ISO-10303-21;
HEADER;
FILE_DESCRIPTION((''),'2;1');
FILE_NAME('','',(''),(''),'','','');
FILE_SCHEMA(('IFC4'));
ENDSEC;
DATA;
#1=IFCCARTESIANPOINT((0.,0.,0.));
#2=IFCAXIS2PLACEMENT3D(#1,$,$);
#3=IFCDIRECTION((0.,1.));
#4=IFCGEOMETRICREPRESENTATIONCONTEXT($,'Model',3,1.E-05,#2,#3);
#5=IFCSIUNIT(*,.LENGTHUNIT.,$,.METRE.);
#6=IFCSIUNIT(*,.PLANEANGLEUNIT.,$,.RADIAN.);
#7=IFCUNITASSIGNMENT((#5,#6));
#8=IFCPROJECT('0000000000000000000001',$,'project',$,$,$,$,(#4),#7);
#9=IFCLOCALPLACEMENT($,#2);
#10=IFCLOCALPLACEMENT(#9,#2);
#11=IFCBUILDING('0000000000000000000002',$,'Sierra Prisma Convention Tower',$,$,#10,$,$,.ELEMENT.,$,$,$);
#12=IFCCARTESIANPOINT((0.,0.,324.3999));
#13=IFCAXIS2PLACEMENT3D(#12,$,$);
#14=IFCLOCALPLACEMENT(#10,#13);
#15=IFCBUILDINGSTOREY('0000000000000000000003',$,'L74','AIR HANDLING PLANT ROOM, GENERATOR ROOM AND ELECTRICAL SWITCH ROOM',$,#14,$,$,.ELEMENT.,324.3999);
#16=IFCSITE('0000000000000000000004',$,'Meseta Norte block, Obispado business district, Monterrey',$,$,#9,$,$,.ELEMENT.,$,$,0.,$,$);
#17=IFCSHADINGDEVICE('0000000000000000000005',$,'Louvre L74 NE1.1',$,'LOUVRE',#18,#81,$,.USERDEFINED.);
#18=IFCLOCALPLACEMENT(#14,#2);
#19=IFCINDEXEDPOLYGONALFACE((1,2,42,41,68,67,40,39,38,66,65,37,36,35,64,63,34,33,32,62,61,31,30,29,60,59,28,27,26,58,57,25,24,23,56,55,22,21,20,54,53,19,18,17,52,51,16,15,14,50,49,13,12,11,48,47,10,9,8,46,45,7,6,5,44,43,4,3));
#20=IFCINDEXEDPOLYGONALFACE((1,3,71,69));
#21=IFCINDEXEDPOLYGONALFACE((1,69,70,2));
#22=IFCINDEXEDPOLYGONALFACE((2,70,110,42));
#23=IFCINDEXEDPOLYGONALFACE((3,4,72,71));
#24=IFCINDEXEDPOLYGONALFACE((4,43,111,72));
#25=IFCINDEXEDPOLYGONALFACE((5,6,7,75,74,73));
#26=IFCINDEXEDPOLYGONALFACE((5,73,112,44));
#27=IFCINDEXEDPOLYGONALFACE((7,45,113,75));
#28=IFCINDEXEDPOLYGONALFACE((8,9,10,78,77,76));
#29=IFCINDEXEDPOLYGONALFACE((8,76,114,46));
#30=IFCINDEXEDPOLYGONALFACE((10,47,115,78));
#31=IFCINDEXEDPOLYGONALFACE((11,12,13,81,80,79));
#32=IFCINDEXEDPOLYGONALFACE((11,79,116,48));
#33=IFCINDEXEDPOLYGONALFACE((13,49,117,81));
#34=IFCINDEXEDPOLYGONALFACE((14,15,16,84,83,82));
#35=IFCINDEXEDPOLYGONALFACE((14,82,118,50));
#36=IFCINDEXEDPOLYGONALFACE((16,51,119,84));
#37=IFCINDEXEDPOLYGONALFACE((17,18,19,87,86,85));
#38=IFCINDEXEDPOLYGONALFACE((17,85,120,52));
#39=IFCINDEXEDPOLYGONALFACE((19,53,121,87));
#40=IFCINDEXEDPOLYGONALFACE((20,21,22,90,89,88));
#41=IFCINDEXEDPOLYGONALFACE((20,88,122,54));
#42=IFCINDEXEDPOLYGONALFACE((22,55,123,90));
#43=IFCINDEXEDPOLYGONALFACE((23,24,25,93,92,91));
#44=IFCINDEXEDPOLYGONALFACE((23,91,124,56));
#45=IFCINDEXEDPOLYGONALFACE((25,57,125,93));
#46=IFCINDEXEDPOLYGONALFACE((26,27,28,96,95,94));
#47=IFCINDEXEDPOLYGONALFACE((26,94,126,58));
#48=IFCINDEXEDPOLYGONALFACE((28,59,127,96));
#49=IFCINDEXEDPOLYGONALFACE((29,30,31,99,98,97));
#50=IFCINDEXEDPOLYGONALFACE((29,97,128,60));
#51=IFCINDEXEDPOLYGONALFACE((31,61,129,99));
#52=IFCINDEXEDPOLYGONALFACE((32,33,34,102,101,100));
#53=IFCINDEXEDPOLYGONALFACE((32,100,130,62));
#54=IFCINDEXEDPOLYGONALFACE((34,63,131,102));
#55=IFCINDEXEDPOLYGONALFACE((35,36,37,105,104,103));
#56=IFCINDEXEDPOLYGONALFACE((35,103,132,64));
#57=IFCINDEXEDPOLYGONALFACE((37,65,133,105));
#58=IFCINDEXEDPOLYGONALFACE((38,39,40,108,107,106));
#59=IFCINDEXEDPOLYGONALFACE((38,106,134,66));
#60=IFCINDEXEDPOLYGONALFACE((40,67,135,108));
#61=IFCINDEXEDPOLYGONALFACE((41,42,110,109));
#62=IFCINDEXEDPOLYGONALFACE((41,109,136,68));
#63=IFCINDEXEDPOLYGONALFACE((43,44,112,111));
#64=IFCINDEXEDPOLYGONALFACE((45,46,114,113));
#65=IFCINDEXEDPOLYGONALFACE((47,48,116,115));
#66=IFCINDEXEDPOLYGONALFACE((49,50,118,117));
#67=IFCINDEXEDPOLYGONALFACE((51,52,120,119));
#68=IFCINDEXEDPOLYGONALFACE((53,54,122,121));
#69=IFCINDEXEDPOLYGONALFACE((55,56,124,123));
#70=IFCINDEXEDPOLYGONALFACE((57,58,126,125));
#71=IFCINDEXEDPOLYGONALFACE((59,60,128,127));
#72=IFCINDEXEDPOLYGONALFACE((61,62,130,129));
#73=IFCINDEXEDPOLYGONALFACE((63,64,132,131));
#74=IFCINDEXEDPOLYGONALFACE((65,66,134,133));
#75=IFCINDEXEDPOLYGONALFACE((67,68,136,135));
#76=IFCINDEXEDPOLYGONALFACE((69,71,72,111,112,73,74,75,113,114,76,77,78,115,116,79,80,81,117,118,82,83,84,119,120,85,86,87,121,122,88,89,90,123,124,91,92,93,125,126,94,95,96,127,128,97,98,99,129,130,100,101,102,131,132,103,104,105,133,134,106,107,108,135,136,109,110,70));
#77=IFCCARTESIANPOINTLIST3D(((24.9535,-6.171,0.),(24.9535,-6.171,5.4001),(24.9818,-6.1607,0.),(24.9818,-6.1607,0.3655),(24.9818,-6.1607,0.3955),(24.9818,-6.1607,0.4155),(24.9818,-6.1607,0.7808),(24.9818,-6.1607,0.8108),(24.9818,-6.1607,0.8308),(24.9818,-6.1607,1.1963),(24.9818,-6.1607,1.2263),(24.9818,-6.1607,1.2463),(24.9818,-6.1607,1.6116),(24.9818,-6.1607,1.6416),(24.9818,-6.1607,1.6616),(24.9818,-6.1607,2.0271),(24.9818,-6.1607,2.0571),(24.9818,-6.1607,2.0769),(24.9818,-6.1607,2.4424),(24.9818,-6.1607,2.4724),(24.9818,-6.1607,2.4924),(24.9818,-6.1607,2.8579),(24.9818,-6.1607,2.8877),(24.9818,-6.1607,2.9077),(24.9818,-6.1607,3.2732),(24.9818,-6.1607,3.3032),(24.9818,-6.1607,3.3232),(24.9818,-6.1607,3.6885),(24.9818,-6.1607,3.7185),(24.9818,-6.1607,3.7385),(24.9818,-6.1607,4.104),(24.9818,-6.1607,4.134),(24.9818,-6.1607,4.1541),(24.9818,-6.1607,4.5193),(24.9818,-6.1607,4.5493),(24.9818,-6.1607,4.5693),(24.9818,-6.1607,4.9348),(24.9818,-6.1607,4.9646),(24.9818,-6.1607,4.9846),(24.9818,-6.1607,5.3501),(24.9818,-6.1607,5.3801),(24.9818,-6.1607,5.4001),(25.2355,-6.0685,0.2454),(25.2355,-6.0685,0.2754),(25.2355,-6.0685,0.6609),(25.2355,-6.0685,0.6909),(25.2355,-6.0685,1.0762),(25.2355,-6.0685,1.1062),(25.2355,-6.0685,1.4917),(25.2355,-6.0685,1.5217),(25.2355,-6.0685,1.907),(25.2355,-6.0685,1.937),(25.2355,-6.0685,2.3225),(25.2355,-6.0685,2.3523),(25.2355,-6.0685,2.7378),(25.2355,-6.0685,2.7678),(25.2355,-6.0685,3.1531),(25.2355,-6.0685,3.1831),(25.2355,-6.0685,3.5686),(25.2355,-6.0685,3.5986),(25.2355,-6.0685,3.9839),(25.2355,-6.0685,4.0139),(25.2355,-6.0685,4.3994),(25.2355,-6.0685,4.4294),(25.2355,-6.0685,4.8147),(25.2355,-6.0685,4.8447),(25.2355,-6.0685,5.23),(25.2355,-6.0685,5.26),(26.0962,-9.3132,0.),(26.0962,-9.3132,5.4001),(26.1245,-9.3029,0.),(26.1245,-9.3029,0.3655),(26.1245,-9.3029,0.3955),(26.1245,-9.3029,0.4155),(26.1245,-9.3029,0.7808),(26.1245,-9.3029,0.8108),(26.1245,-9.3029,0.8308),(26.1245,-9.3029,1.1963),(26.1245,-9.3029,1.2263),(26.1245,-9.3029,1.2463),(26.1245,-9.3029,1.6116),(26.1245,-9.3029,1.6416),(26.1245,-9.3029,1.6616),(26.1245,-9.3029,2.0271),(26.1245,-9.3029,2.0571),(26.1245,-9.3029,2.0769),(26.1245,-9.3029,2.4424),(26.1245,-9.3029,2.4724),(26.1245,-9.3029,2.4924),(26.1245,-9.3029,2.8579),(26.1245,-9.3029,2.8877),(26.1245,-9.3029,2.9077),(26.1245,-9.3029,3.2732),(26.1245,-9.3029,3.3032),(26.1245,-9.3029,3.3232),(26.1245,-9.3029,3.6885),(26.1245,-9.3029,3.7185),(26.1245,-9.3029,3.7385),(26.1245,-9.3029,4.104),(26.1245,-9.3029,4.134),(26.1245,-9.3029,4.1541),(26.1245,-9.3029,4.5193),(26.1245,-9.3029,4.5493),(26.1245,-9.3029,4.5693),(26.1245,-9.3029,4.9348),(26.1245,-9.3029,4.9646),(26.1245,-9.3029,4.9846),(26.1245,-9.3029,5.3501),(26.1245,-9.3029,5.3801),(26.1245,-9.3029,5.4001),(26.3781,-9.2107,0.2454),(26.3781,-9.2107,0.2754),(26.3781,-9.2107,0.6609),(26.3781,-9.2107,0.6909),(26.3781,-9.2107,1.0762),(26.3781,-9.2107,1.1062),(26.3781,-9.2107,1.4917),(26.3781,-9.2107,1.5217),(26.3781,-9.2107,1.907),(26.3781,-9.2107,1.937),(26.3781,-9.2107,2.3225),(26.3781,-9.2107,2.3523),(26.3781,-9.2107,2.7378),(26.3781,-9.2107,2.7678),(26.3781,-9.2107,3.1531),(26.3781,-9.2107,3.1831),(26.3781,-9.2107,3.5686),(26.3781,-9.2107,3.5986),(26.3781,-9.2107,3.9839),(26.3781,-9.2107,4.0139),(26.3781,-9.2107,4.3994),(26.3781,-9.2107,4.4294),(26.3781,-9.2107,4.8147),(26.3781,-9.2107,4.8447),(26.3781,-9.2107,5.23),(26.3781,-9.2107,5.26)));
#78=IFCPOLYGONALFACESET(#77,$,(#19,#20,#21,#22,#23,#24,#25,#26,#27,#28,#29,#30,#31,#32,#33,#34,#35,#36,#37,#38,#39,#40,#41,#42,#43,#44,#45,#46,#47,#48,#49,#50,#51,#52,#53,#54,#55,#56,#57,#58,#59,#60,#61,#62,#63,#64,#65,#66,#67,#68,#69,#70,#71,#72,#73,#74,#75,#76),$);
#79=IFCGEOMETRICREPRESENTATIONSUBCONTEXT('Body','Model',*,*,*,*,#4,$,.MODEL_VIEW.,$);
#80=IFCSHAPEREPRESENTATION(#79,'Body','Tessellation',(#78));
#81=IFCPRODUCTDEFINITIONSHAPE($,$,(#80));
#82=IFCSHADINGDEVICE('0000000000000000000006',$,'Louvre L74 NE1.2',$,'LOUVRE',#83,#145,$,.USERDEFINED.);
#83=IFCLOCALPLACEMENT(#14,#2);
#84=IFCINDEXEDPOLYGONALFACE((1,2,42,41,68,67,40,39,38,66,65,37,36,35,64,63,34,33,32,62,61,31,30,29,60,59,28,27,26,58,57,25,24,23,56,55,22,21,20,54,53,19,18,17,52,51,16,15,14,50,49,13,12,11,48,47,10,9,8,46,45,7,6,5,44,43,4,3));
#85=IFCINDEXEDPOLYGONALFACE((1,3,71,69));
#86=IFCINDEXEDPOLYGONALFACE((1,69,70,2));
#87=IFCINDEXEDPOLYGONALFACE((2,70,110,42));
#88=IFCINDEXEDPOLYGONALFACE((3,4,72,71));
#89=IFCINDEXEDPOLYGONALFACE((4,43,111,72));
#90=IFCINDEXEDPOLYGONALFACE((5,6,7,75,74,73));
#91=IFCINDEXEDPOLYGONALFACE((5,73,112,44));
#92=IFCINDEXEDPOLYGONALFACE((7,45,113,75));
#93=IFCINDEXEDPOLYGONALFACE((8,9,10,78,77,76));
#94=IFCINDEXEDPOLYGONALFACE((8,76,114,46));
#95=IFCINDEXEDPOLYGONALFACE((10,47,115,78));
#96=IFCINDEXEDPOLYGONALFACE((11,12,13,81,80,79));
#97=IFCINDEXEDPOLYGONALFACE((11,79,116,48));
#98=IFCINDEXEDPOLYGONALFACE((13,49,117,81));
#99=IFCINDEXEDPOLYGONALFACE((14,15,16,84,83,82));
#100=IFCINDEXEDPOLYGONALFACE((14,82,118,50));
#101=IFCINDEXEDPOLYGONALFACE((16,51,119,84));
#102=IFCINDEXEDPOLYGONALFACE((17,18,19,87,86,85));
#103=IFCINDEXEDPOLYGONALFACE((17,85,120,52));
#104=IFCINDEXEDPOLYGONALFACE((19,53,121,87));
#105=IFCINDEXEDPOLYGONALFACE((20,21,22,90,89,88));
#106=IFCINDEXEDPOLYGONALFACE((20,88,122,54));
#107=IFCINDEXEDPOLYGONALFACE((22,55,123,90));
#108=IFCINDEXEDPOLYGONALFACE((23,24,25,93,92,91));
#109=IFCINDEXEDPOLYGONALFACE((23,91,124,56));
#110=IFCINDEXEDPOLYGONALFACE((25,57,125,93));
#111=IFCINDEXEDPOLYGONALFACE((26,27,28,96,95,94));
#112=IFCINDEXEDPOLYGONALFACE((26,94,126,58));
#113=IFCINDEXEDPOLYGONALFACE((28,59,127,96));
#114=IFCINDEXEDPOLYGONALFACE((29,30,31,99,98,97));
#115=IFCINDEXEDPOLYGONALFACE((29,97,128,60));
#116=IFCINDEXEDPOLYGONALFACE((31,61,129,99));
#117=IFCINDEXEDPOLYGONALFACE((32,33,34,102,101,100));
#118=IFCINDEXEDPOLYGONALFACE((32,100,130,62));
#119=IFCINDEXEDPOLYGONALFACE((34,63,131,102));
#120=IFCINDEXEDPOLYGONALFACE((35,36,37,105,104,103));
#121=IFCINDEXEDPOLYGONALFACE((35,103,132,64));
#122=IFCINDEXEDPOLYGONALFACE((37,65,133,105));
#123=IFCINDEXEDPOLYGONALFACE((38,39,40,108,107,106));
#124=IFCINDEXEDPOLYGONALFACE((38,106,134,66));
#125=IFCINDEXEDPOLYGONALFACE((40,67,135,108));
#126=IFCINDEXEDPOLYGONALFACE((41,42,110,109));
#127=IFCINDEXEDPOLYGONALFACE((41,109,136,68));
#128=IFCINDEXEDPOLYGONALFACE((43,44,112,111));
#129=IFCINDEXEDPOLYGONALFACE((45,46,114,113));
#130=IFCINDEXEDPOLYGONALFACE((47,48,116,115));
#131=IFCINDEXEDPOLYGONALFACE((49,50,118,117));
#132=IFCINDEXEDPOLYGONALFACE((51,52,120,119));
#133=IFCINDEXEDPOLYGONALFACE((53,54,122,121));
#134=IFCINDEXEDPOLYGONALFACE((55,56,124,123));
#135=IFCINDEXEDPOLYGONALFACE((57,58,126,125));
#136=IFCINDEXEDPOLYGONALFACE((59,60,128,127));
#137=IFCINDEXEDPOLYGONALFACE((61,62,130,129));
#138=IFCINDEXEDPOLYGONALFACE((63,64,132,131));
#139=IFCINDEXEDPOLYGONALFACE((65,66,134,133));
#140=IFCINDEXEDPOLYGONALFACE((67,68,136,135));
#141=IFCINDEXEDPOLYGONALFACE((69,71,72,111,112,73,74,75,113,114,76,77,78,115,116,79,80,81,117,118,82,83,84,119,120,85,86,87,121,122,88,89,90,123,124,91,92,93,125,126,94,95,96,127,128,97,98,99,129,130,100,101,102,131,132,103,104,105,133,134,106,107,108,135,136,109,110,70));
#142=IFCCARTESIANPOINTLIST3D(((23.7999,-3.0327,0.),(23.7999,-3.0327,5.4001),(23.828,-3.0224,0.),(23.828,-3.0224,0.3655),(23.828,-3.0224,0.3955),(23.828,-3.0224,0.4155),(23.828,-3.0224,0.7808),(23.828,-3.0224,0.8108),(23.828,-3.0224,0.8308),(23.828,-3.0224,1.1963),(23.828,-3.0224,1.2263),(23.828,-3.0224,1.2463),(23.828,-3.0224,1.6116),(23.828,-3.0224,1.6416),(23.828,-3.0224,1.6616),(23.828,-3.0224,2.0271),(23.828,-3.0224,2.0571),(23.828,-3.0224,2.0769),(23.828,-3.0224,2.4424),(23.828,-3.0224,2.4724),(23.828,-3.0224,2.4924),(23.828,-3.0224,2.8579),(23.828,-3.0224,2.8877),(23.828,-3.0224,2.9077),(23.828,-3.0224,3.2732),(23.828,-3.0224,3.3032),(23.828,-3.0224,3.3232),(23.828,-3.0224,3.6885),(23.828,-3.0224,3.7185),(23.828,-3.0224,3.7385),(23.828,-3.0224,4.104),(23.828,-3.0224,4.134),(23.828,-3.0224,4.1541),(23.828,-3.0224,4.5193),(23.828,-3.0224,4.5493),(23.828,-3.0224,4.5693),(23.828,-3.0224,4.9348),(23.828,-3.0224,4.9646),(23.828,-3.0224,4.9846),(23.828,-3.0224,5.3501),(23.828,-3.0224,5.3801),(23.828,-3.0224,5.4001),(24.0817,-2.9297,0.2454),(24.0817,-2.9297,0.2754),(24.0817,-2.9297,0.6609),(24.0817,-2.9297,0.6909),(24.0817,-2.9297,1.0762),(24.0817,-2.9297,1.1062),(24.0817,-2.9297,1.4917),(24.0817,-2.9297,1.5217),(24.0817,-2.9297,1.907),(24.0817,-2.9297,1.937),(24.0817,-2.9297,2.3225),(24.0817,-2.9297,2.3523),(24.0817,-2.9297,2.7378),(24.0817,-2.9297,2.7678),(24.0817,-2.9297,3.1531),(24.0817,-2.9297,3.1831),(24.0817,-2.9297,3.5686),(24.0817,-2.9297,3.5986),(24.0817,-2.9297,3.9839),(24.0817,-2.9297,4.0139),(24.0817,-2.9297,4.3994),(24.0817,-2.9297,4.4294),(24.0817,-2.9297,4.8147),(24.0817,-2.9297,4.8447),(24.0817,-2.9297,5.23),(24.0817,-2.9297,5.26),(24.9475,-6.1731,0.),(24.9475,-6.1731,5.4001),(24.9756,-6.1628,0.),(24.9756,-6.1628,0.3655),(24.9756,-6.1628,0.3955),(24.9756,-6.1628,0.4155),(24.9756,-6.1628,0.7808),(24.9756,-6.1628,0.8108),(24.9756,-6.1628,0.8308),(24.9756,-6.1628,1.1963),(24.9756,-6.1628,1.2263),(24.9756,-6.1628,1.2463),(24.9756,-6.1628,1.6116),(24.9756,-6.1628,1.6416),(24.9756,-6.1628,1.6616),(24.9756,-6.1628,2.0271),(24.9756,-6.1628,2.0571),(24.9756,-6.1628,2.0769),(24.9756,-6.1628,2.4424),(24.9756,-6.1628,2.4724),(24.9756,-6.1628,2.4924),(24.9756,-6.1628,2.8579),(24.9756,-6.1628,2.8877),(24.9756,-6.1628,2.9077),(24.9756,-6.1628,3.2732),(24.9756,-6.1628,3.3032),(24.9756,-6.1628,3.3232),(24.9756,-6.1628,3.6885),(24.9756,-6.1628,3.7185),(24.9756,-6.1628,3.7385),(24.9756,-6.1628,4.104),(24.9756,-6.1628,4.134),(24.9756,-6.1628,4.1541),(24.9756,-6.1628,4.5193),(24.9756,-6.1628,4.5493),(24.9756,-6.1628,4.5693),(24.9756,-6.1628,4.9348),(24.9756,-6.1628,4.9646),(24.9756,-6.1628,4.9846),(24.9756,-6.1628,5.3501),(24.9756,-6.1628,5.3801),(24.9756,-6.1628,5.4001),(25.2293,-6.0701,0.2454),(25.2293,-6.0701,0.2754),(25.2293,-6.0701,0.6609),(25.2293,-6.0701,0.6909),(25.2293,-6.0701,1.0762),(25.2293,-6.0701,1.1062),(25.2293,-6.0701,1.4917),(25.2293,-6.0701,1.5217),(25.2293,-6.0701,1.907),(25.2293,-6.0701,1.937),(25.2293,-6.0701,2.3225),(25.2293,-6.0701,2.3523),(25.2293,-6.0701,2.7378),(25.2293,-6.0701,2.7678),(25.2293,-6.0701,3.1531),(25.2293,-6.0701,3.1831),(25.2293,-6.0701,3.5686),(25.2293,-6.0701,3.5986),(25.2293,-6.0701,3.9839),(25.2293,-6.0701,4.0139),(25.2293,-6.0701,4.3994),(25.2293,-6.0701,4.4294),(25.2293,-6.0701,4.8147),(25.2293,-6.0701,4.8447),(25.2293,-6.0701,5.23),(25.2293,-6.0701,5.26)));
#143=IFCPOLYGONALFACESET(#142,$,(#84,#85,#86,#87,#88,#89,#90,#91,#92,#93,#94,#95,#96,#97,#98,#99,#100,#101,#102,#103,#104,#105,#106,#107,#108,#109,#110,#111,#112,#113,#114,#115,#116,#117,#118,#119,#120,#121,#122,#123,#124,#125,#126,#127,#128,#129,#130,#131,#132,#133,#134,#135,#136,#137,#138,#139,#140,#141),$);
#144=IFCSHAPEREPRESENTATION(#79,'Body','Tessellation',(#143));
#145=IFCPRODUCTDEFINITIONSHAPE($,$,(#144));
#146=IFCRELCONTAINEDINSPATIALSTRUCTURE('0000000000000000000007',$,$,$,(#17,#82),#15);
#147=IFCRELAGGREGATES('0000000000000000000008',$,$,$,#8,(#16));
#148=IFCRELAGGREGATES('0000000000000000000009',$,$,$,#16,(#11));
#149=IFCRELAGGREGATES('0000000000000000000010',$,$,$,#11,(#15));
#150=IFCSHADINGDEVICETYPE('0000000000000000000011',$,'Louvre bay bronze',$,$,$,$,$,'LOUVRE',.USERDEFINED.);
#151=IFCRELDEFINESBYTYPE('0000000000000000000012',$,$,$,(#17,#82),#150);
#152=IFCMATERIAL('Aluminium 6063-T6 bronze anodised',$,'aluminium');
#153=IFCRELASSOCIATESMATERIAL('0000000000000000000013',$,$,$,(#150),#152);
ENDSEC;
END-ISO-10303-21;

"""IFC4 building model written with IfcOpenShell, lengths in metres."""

from ifc_helpers import new_model, si_unit, direction, frame, origin, place, context, subcontext, project, spatial, polyline, outline, extrude, material, type_object, element, save


model = new_model("IFC4")

# Units and contexts
model_context = context("Model", 3, precision=1e-05, world=origin(), true_north=direction((0.0, 1.0)))
body_context = subcontext(model_context, "Body", "Model", "MODEL_VIEW")
ifc_project = project(units=[si_unit("LENGTHUNIT", "METRE"), si_unit("PLANEANGLEUNIT", "RADIAN")], contexts=[model_context])

# Site, building, storey
site_placement = place(None, origin())
site = spatial("IfcSite", under=ifc_project, at=site_placement, Name="Meseta Norte block, Obispado business district, Monterrey", CompositionType="ELEMENT", RefElevation=0.0)
building_placement = place(site_placement, origin())
building = spatial("IfcBuilding", under=site, at=building_placement, Name="Sierra Prisma Convention Tower", CompositionType="ELEMENT")
storey_placement = place(building_placement, frame((0.0, 0.0, 324.3999)))
storey = spatial("IfcBuildingStorey", under=building, at=storey_placement, Name="L74", Description="AIR HANDLING PLANT ROOM, GENERATOR ROOM AND ELECTRICAL SWITCH ROOM", CompositionType="ELEMENT", Elevation=324.3999)

# Shading devices
ifc_material_1 = material(Name="Aluminium 6063-T6 bronze anodised", Category="aluminium")
shading_device_type = type_object("IfcShadingDeviceType", Name="Louvre bay bronze", ElementType="LOUVRE", PredefinedType="USERDEFINED", material=ifc_material_1)
shading_device_1_placement = place(storey_placement, frame((26.0962, -9.3132, 0.0), z_axis=(0.341752, -0.93979, 0.0), x_axis=(0.0, 0.0, 1.0)))
element("IfcShadingDevice", 1, at=shading_device_1_placement, inside=storey, type_object=shading_device_type, Name="Louvre L74 NE1.1", ObjectType="LOUVRE", PredefinedType="USERDEFINED", context=body_context, shape_type="SweptSolid", body=[
    extrude(outline(polyline([(0.0, 0.0), (5.4001, 0.0), (5.4001, -0.0301), (5.3801, -0.0301), (5.26, -0.3), (5.23, -0.3), (5.3501, -0.0301), (4.9846, -0.0301), (4.9646, -0.0301), (4.8447, -0.3), (4.8147, -0.3), (4.9348, -0.0301), (4.5693, -0.0301), (4.5493, -0.0301), (4.4294, -0.3), (4.3994, -0.3), (4.5193, -0.0301), (4.1541, -0.0301), (4.134, -0.0301), (4.0139, -0.3), (3.9839, -0.3), (4.104, -0.0301), (3.7385, -0.0301), (3.7185, -0.0301), (3.5986, -0.3), (3.5686, -0.3), (3.6885, -0.0301), (3.3232, -0.0301), (3.3032, -0.0301), (3.1831, -0.3), (3.1531, -0.3), (3.2732, -0.0301), (2.9077, -0.0301), (2.8877, -0.0301), (2.7678, -0.3), (2.7378, -0.3), (2.8579, -0.0301), (2.4924, -0.0301), (2.4724, -0.0301), (2.3523, -0.3), (2.3225, -0.3), (2.4424, -0.0301), (2.0769, -0.0301), (2.0571, -0.0301), (1.937, -0.3), (1.907, -0.3), (2.0271, -0.0301), (1.6616, -0.0301), (1.6416, -0.0301), (1.5217, -0.3), (1.4917, -0.3), (1.6116, -0.0301), (1.2463, -0.0301), (1.2263, -0.0301), (1.1062, -0.3), (1.0762, -0.3), (1.1963, -0.0301), (0.8308, -0.0301), (0.8108, -0.0301), (0.6909, -0.3), (0.6609, -0.3), (0.7808, -0.0301), (0.4155, -0.0301), (0.3955, -0.0301), (0.2754, -0.3), (0.2454, -0.3), (0.3655, -0.0301), (0.0, -0.0301), (0.0, 0.0)])), origin(), (0.0, 0.0, -1.0), 3.3435),
])
shading_device_2_placement = place(storey_placement, frame((24.9475, -6.1731, 0.0), z_axis=(0.343224, -0.939254, 0.0), x_axis=(0.0, 0.0, 1.0)))
element("IfcShadingDevice", 2, at=shading_device_2_placement, inside=storey, type_object=shading_device_type, Name="Louvre L74 NE1.2", ObjectType="LOUVRE", PredefinedType="USERDEFINED", context=body_context, shape_type="SweptSolid", body=[
    extrude(outline(polyline([(0.0, 0.0), (5.4001, 0.0), (5.4001, -0.0299), (5.3801, -0.0299), (5.26, -0.3), (5.23, -0.3), (5.3501, -0.0299), (4.9846, -0.0299), (4.9646, -0.0299), (4.8447, -0.3), (4.8147, -0.3), (4.9348, -0.0299), (4.5693, -0.0299), (4.5493, -0.0299), (4.4294, -0.3), (4.3994, -0.3), (4.5193, -0.0299), (4.1541, -0.0299), (4.134, -0.0299), (4.0139, -0.3), (3.9839, -0.3), (4.104, -0.0299), (3.7385, -0.0299), (3.7185, -0.0299), (3.5986, -0.3), (3.5686, -0.3), (3.6885, -0.0299), (3.3232, -0.0299), (3.3032, -0.0299), (3.1831, -0.3), (3.1531, -0.3), (3.2732, -0.0299), (2.9077, -0.0299), (2.8877, -0.0299), (2.7678, -0.3), (2.7378, -0.3), (2.8579, -0.0299), (2.4924, -0.0299), (2.4724, -0.0299), (2.3523, -0.3), (2.3225, -0.3), (2.4424, -0.0299), (2.0769, -0.0299), (2.0571, -0.0299), (1.937, -0.3), (1.907, -0.3), (2.0271, -0.0299), (1.6616, -0.0299), (1.6416, -0.0299), (1.5217, -0.3), (1.4917, -0.3), (1.6116, -0.0299), (1.2463, -0.0299), (1.2263, -0.0299), (1.1062, -0.3), (1.0762, -0.3), (1.1963, -0.0299), (0.8308, -0.0299), (0.8108, -0.0299), (0.6909, -0.3), (0.6609, -0.3), (0.7808, -0.0299), (0.4155, -0.0299), (0.3955, -0.0299), (0.2754, -0.3), (0.2454, -0.3), (0.3655, -0.0299), (0.0, -0.0299), (0.0, 0.0)])), origin(), (0.0, 0.0, -1.0), 3.3435),
])

save(model, "model.ifc")
